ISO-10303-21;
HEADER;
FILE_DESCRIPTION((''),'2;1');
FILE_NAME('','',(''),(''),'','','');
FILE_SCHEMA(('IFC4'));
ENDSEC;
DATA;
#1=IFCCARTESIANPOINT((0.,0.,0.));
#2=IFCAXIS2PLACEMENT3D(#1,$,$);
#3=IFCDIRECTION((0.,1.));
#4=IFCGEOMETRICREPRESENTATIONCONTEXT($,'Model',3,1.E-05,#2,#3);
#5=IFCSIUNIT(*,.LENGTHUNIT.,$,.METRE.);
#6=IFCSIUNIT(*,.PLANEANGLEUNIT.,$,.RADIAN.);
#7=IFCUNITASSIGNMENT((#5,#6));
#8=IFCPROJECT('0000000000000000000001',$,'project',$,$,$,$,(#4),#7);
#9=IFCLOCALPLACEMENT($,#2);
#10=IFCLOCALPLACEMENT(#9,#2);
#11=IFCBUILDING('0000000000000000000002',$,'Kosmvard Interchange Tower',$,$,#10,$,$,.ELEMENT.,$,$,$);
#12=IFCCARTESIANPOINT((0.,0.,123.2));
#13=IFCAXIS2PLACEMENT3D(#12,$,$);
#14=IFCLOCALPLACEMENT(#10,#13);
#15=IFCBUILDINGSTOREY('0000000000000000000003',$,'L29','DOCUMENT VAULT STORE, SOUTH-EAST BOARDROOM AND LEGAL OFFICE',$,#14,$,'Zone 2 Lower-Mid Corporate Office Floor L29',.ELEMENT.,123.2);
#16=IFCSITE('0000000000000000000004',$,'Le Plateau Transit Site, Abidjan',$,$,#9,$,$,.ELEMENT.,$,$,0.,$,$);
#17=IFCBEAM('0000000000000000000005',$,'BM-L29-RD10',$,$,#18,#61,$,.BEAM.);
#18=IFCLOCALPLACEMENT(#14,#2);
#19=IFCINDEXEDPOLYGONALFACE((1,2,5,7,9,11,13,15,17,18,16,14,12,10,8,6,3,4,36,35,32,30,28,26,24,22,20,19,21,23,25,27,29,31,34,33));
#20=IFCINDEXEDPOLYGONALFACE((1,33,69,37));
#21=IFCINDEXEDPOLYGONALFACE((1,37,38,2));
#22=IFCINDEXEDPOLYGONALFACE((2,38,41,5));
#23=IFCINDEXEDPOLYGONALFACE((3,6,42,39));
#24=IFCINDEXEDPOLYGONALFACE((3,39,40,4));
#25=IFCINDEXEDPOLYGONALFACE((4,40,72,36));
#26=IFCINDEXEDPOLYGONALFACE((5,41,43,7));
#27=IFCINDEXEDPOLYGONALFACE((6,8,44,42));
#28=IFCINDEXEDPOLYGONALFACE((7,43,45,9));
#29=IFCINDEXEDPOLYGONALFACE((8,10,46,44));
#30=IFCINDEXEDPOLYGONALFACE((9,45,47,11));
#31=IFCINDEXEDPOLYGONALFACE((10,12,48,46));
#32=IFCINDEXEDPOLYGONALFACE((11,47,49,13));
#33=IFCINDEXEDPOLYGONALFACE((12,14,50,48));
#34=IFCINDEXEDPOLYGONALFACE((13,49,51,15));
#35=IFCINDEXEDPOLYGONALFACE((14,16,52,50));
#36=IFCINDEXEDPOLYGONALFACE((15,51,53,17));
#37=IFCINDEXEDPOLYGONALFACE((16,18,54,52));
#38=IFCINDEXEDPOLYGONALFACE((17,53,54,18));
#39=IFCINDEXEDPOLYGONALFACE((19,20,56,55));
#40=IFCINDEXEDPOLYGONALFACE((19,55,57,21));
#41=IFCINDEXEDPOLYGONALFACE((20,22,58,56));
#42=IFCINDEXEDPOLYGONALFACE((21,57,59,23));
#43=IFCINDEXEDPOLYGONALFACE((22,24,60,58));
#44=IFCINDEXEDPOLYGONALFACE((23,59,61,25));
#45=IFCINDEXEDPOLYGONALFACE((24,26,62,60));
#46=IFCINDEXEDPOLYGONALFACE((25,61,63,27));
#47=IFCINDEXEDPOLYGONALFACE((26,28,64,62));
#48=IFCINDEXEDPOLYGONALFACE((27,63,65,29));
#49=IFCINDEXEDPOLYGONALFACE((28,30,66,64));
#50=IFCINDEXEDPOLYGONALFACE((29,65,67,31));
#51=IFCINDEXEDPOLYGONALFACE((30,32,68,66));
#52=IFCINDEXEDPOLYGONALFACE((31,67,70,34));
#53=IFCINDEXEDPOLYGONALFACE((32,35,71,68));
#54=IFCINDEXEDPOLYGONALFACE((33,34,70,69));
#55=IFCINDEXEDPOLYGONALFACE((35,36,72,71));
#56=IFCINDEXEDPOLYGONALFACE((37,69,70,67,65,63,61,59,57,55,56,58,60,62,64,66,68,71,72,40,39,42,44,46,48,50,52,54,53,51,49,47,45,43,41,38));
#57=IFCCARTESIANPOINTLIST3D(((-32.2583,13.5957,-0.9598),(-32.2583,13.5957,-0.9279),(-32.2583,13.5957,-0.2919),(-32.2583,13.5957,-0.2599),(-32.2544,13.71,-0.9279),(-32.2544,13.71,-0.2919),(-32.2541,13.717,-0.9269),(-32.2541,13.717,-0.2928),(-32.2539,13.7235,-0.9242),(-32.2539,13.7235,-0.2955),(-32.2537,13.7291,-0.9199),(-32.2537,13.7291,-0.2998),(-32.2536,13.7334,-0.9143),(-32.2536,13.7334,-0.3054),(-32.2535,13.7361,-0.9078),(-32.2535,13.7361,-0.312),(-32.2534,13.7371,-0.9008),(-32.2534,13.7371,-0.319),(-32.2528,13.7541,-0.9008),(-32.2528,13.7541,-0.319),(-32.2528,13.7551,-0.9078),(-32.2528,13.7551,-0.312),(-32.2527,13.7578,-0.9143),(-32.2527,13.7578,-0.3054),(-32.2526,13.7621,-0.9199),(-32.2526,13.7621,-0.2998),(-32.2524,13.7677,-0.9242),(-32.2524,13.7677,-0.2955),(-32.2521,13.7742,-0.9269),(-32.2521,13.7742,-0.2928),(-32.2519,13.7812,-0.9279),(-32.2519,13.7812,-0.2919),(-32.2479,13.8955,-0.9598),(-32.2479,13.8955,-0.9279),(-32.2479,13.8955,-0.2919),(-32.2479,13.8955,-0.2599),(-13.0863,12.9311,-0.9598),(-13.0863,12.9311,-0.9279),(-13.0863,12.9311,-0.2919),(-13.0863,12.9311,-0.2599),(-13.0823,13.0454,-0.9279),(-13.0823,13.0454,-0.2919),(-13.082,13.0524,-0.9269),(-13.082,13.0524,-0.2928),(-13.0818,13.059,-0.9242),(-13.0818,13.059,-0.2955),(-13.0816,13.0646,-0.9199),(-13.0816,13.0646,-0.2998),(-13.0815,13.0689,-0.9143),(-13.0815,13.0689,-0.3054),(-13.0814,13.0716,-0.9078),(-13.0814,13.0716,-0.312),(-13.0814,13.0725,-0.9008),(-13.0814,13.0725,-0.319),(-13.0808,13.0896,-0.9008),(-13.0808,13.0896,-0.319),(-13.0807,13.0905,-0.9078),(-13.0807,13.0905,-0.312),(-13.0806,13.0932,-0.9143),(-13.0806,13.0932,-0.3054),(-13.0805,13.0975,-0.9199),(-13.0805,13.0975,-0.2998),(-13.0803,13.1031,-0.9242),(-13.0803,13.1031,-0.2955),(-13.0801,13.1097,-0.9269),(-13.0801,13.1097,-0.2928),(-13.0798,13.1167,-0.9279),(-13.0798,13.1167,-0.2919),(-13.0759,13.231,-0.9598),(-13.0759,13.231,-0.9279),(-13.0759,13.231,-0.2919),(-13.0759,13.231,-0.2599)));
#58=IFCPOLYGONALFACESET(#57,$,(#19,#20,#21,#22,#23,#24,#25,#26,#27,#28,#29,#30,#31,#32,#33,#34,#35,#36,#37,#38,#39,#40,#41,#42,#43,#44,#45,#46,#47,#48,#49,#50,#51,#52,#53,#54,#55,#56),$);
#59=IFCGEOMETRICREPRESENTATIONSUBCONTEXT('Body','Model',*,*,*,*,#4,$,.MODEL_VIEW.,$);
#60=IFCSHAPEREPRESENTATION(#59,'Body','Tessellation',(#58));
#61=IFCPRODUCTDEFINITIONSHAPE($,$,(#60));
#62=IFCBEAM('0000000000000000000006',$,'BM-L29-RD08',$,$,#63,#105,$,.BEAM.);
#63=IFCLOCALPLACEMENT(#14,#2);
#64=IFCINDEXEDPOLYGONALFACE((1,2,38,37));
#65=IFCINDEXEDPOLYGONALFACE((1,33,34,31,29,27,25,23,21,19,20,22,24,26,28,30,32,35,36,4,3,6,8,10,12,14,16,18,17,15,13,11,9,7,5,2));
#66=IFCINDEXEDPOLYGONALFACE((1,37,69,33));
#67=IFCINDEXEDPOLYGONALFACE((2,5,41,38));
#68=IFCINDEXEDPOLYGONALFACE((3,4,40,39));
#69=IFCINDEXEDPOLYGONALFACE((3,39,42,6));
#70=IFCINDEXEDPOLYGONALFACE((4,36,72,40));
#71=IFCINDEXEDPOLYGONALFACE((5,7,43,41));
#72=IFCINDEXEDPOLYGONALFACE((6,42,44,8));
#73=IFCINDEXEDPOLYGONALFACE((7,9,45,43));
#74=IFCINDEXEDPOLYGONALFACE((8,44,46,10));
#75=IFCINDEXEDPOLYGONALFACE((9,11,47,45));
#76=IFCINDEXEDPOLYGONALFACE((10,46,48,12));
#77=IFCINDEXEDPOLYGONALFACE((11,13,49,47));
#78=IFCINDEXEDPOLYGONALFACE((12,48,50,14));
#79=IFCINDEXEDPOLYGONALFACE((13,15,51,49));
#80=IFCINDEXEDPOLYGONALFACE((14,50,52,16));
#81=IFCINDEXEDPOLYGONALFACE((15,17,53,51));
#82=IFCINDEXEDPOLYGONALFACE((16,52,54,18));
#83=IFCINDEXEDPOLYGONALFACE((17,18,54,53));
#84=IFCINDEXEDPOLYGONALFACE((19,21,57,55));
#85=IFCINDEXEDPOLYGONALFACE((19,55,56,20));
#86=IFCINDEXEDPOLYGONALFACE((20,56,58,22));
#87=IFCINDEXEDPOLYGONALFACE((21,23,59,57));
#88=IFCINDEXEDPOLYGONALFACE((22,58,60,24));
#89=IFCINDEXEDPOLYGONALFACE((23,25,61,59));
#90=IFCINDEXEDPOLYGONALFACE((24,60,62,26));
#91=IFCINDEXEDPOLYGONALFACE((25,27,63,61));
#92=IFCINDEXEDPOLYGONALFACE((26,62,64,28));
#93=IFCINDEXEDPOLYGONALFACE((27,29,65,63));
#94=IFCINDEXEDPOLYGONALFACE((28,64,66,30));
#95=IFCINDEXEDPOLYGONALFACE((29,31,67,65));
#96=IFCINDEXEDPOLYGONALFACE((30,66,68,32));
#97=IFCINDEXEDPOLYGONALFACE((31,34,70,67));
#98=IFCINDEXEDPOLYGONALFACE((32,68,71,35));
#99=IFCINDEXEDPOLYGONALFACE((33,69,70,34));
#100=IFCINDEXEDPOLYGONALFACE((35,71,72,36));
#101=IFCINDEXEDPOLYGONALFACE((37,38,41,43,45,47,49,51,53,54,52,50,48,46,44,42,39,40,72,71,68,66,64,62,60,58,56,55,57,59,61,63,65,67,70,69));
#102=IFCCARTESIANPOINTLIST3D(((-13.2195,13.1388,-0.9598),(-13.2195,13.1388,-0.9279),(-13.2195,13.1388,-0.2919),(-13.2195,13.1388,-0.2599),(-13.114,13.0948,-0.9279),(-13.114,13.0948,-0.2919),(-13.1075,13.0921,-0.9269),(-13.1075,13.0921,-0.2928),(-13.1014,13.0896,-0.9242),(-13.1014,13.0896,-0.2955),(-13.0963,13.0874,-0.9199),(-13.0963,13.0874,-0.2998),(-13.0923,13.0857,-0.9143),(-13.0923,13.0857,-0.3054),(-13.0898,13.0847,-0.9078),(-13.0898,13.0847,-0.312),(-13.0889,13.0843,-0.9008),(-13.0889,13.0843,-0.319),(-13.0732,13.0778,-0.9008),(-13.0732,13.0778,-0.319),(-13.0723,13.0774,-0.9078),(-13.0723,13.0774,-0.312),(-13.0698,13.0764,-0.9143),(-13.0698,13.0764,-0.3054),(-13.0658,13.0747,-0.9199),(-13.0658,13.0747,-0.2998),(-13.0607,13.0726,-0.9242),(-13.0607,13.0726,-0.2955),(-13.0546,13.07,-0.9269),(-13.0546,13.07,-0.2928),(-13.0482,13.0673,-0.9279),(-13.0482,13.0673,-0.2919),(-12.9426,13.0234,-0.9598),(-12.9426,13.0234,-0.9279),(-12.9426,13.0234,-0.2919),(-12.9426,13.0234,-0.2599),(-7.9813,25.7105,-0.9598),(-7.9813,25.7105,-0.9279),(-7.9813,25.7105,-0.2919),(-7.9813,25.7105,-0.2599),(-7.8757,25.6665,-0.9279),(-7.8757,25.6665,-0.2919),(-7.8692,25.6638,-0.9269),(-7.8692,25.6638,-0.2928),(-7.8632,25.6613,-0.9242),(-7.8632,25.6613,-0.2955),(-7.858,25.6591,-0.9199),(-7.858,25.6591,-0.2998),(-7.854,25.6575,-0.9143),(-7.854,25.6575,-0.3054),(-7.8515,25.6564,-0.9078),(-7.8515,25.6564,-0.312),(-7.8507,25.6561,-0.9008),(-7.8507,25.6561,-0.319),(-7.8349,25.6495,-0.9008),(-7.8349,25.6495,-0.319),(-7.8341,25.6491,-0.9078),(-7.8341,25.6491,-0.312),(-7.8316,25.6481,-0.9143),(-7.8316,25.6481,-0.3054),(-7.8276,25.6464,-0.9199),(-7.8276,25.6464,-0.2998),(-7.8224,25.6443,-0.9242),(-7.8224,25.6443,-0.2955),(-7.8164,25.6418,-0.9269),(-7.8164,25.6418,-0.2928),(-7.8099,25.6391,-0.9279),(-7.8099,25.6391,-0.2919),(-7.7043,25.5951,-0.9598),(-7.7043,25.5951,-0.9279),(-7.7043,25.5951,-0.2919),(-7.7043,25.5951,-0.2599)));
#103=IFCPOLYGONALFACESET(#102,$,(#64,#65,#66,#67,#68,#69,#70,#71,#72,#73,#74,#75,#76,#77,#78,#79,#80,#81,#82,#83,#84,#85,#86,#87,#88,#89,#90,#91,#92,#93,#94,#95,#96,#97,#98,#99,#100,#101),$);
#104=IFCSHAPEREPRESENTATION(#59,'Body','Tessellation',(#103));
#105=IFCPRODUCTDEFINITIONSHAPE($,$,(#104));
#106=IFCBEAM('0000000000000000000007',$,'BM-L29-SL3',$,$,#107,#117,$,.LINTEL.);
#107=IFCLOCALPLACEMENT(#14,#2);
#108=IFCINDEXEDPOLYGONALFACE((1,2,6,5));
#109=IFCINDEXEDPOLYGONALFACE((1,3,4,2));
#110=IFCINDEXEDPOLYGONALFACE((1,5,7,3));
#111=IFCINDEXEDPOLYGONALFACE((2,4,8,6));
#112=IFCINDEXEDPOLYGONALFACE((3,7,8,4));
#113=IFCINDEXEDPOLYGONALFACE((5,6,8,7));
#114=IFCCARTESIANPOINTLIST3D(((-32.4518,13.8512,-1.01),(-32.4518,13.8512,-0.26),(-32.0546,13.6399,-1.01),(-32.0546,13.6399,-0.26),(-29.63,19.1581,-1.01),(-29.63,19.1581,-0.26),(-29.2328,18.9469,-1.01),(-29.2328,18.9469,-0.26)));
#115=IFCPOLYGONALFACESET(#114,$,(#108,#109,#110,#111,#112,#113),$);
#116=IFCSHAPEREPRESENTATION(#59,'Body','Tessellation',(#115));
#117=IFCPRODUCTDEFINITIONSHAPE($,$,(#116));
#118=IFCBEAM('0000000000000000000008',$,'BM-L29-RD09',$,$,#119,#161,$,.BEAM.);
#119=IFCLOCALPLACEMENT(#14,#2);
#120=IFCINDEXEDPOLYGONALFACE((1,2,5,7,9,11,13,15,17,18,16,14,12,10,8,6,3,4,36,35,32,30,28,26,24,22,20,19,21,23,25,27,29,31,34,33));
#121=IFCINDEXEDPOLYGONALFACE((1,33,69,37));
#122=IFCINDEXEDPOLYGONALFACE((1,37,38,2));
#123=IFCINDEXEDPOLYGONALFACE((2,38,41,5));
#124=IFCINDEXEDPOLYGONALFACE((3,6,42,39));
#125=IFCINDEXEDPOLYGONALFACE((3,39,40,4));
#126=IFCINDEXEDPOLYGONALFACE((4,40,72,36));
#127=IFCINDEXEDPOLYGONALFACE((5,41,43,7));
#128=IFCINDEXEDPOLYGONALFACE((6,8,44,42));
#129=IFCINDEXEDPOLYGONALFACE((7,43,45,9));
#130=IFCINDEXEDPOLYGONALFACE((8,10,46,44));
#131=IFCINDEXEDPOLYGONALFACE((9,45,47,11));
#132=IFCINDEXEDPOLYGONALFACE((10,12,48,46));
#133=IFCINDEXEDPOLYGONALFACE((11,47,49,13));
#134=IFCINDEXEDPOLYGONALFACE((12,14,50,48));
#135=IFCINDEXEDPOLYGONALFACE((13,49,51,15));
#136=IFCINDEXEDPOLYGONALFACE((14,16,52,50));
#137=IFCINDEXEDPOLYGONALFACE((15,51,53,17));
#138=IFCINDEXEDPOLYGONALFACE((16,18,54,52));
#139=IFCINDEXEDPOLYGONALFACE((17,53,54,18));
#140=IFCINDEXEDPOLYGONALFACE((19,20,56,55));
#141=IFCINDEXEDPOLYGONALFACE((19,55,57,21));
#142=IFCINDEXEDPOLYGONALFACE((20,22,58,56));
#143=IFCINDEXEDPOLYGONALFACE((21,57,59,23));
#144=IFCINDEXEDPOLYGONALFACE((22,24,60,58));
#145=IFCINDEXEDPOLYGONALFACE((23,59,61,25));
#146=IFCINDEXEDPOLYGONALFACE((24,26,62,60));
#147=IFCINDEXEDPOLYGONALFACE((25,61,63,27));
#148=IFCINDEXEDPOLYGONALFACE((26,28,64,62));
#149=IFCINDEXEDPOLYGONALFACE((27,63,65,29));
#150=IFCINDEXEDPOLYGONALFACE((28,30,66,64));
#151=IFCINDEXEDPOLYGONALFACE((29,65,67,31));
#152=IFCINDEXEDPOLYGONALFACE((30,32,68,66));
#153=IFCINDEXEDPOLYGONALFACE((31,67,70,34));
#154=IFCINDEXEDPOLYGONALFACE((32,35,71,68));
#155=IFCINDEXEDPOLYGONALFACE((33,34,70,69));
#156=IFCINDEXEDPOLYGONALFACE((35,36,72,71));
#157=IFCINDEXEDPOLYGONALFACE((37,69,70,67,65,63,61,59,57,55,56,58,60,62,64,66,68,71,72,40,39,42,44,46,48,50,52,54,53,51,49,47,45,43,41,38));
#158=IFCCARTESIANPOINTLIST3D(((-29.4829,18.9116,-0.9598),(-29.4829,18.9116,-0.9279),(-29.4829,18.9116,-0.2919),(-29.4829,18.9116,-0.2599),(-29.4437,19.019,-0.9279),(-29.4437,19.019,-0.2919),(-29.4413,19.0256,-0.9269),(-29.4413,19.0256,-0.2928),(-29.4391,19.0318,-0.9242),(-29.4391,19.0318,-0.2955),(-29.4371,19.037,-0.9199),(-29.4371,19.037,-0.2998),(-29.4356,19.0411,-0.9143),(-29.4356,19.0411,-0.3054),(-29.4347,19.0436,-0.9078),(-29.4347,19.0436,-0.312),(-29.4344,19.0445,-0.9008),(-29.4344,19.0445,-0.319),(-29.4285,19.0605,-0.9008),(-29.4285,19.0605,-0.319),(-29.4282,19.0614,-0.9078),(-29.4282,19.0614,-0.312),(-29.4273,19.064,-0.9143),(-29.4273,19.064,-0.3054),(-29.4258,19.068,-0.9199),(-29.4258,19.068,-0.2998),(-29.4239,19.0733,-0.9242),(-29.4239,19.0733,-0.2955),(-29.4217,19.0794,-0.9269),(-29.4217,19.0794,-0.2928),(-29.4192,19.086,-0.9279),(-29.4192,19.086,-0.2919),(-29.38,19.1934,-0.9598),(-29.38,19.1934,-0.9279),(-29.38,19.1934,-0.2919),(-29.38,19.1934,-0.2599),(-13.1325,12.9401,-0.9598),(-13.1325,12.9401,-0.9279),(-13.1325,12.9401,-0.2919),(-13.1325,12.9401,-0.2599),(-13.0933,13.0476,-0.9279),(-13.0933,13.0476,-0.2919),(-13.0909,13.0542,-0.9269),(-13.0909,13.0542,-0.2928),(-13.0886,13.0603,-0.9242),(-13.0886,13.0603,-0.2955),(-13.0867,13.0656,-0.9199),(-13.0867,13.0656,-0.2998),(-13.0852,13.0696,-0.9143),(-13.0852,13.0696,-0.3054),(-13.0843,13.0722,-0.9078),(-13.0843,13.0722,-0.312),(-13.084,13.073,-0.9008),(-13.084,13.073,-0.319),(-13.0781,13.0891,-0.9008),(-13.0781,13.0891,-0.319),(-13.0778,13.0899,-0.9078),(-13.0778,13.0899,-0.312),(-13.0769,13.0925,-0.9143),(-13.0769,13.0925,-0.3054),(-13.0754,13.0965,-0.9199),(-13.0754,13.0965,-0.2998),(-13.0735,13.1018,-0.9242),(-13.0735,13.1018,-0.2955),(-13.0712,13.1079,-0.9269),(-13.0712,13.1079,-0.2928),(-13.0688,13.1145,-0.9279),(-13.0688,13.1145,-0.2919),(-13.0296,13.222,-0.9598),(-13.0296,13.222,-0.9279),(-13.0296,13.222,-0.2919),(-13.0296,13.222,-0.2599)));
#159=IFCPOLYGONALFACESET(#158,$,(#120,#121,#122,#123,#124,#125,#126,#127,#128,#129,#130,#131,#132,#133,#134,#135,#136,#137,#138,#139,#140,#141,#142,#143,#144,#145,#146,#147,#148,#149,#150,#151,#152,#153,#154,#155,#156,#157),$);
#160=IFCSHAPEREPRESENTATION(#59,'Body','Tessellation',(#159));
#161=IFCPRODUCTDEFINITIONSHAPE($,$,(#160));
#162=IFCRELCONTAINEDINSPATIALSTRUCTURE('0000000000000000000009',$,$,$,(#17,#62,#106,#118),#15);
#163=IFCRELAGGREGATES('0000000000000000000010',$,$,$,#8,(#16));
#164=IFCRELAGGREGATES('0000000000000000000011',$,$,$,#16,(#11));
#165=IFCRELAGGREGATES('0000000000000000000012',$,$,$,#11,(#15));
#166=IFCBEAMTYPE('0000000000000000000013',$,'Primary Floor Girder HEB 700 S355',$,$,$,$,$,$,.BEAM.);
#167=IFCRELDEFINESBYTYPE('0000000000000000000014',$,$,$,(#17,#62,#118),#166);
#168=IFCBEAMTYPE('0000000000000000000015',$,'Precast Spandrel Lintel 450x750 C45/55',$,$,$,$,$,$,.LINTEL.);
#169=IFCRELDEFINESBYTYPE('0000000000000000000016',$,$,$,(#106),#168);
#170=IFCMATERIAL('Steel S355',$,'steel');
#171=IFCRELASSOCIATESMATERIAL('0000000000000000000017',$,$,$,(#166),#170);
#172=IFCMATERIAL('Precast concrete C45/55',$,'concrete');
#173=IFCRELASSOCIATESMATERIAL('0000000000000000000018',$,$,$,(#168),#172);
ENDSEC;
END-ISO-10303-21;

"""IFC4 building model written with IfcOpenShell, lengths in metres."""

from ifc_helpers import new_model, si_unit, direction, frame, origin, origin_2d, place, context, subcontext, project, spatial, rectangle, i_section, extrude, source, transform, mapped, material, material_profile, profile_set, type_object, element, save


model = new_model("IFC4")

# Units and contexts
model_context = context("Model", 3, precision=1e-05, world=origin(), true_north=direction((0.0, 1.0)))
body_context = subcontext(model_context, "Body", "Model", "MODEL_VIEW")
ifc_project = project(units=[si_unit("LENGTHUNIT", "METRE"), si_unit("PLANEANGLEUNIT", "RADIAN")], contexts=[model_context])

# Site, building, storey
site_placement = place(None, origin())
site = spatial("IfcSite", under=ifc_project, at=site_placement, Name="Le Plateau Transit Site, Abidjan", CompositionType="ELEMENT", RefElevation=0.0)
building_placement = place(site_placement, origin())
building = spatial("IfcBuilding", under=site, at=building_placement, Name="Kosmvard Interchange Tower", CompositionType="ELEMENT")
storey_placement = place(building_placement, frame((0.0, 0.0, 123.2)))
storey = spatial("IfcBuildingStorey", under=building, at=storey_placement, Name="L29", Description="DOCUMENT VAULT STORE, SOUTH-EAST BOARDROOM AND LEGAL OFFICE", LongName="Zone 2 Lower-Mid Corporate Office Floor L29", CompositionType="ELEMENT", Elevation=123.2)

# Beams
ifc_material_1 = material(Name="Steel S355", Category="steel")
ifc_material_profile_1 = material_profile(ifc_material_1, i_section(OverallWidth=0.3, OverallDepth=0.7, WebThickness=0.0171, FlangeThickness=0.032, FilletRadius=0.0271, at=origin_2d()), Name="HEB 700")
ifc_profile_set_1 = profile_set([ifc_material_profile_1], Name="Steel S355")
beam_type_1 = type_object("IfcBeamType", Name="Primary Floor Girder HEB 700 S355", PredefinedType="BEAM", material=ifc_profile_set_1)
shared_shape_1 = source(origin(), body_context, "Body", "SweptSolid", [
    extrude(i_section(OverallWidth=0.3, OverallDepth=0.7, WebThickness=0.0171, FlangeThickness=0.032, FilletRadius=0.0271, at=origin_2d()), origin(), (0.0, 0.0, 1.0), 19.1836),
])
beam_1_placement = place(storey_placement, frame((-13.0811, 13.0811, -0.6099), z_axis=(-0.9994, 0.034642, 0.0), x_axis=(-0.034642, -0.9994, 0.0)))
element("IfcBeam", 1, at=beam_1_placement, inside=storey, type_object=beam_type_1, Name="BM-L29-RD10", PredefinedType="BEAM", context=body_context, shape_type="MappedRepresentation", body=[
    mapped(shared_shape_1, transform((0.0, 0.0, 0.0), scale=1.0)),
])
shared_shape_2 = source(origin(), body_context, "Body", "SweptSolid", [
    extrude(i_section(OverallWidth=0.3, OverallDepth=0.7, WebThickness=0.0171, FlangeThickness=0.032, FilletRadius=0.0271, at=origin_2d()), origin(), (0.0, 0.0, 1.0), 13.6194),
])
beam_2_placement = place(storey_placement, frame((-13.0811, 13.0811, -0.6099), z_axis=(0.384618, 0.923076, 0.0), x_axis=(-0.923076, 0.384618, 0.0)))
element("IfcBeam", 2, at=beam_2_placement, inside=storey, type_object=beam_type_1, Name="BM-L29-RD08", PredefinedType="BEAM", context=body_context, shape_type="MappedRepresentation", body=[
    mapped(shared_shape_2, transform((0.0, 0.0, 0.0), scale=1.0)),
])
ifc_material_2 = material(Name="Precast concrete C45/55", Category="concrete")
ifc_material_profile_2 = material_profile(ifc_material_2, rectangle(XDim=0.45, YDim=0.75, at=origin_2d()), Name="SL 450x750")
ifc_profile_set_2 = profile_set([ifc_material_profile_2], Name="Precast concrete C45/55")
beam_type_2 = type_object("IfcBeamType", Name="Precast Spandrel Lintel 450x750 C45/55", PredefinedType="LINTEL", material=ifc_profile_set_2)
shared_shape_3 = source(origin(), body_context, "Body", "SweptSolid", [
    extrude(rectangle(XDim=0.45, YDim=0.75, at=origin_2d()), origin(), (0.0, 0.0, 1.0), 6.0105),
])
beam_3_placement = place(storey_placement, frame((-29.4314, 19.0525, -0.635), z_axis=(-0.469479, -0.882944, 0.0), x_axis=(0.882944, -0.469479, 0.0)))
element("IfcBeam", 3, at=beam_3_placement, inside=storey, type_object=beam_type_2, Name="BM-L29-SL3", PredefinedType="LINTEL", context=body_context, shape_type="MappedRepresentation", body=[
    mapped(shared_shape_3, transform((0.0, 0.0, 0.0), scale=1.0)),
])
shared_shape_4 = source(origin(), body_context, "Body", "SweptSolid", [
    extrude(i_section(OverallWidth=0.3, OverallDepth=0.7, WebThickness=0.0171, FlangeThickness=0.032, FilletRadius=0.0271, at=origin_2d()), origin(), (0.0, 0.0, 1.0), 17.4067),
])
beam_4_placement = place(storey_placement, frame((-13.0811, 13.0811, -0.6099), z_axis=(-0.939315, 0.343055, 0.0), x_axis=(-0.343055, -0.939315, 0.0)))
element("IfcBeam", 4, at=beam_4_placement, inside=storey, type_object=beam_type_1, Name="BM-L29-RD09", PredefinedType="BEAM", context=body_context, shape_type="MappedRepresentation", body=[
    mapped(shared_shape_4, transform((0.0, 0.0, 0.0), scale=1.0)),
])

save(model, "model.ifc")
